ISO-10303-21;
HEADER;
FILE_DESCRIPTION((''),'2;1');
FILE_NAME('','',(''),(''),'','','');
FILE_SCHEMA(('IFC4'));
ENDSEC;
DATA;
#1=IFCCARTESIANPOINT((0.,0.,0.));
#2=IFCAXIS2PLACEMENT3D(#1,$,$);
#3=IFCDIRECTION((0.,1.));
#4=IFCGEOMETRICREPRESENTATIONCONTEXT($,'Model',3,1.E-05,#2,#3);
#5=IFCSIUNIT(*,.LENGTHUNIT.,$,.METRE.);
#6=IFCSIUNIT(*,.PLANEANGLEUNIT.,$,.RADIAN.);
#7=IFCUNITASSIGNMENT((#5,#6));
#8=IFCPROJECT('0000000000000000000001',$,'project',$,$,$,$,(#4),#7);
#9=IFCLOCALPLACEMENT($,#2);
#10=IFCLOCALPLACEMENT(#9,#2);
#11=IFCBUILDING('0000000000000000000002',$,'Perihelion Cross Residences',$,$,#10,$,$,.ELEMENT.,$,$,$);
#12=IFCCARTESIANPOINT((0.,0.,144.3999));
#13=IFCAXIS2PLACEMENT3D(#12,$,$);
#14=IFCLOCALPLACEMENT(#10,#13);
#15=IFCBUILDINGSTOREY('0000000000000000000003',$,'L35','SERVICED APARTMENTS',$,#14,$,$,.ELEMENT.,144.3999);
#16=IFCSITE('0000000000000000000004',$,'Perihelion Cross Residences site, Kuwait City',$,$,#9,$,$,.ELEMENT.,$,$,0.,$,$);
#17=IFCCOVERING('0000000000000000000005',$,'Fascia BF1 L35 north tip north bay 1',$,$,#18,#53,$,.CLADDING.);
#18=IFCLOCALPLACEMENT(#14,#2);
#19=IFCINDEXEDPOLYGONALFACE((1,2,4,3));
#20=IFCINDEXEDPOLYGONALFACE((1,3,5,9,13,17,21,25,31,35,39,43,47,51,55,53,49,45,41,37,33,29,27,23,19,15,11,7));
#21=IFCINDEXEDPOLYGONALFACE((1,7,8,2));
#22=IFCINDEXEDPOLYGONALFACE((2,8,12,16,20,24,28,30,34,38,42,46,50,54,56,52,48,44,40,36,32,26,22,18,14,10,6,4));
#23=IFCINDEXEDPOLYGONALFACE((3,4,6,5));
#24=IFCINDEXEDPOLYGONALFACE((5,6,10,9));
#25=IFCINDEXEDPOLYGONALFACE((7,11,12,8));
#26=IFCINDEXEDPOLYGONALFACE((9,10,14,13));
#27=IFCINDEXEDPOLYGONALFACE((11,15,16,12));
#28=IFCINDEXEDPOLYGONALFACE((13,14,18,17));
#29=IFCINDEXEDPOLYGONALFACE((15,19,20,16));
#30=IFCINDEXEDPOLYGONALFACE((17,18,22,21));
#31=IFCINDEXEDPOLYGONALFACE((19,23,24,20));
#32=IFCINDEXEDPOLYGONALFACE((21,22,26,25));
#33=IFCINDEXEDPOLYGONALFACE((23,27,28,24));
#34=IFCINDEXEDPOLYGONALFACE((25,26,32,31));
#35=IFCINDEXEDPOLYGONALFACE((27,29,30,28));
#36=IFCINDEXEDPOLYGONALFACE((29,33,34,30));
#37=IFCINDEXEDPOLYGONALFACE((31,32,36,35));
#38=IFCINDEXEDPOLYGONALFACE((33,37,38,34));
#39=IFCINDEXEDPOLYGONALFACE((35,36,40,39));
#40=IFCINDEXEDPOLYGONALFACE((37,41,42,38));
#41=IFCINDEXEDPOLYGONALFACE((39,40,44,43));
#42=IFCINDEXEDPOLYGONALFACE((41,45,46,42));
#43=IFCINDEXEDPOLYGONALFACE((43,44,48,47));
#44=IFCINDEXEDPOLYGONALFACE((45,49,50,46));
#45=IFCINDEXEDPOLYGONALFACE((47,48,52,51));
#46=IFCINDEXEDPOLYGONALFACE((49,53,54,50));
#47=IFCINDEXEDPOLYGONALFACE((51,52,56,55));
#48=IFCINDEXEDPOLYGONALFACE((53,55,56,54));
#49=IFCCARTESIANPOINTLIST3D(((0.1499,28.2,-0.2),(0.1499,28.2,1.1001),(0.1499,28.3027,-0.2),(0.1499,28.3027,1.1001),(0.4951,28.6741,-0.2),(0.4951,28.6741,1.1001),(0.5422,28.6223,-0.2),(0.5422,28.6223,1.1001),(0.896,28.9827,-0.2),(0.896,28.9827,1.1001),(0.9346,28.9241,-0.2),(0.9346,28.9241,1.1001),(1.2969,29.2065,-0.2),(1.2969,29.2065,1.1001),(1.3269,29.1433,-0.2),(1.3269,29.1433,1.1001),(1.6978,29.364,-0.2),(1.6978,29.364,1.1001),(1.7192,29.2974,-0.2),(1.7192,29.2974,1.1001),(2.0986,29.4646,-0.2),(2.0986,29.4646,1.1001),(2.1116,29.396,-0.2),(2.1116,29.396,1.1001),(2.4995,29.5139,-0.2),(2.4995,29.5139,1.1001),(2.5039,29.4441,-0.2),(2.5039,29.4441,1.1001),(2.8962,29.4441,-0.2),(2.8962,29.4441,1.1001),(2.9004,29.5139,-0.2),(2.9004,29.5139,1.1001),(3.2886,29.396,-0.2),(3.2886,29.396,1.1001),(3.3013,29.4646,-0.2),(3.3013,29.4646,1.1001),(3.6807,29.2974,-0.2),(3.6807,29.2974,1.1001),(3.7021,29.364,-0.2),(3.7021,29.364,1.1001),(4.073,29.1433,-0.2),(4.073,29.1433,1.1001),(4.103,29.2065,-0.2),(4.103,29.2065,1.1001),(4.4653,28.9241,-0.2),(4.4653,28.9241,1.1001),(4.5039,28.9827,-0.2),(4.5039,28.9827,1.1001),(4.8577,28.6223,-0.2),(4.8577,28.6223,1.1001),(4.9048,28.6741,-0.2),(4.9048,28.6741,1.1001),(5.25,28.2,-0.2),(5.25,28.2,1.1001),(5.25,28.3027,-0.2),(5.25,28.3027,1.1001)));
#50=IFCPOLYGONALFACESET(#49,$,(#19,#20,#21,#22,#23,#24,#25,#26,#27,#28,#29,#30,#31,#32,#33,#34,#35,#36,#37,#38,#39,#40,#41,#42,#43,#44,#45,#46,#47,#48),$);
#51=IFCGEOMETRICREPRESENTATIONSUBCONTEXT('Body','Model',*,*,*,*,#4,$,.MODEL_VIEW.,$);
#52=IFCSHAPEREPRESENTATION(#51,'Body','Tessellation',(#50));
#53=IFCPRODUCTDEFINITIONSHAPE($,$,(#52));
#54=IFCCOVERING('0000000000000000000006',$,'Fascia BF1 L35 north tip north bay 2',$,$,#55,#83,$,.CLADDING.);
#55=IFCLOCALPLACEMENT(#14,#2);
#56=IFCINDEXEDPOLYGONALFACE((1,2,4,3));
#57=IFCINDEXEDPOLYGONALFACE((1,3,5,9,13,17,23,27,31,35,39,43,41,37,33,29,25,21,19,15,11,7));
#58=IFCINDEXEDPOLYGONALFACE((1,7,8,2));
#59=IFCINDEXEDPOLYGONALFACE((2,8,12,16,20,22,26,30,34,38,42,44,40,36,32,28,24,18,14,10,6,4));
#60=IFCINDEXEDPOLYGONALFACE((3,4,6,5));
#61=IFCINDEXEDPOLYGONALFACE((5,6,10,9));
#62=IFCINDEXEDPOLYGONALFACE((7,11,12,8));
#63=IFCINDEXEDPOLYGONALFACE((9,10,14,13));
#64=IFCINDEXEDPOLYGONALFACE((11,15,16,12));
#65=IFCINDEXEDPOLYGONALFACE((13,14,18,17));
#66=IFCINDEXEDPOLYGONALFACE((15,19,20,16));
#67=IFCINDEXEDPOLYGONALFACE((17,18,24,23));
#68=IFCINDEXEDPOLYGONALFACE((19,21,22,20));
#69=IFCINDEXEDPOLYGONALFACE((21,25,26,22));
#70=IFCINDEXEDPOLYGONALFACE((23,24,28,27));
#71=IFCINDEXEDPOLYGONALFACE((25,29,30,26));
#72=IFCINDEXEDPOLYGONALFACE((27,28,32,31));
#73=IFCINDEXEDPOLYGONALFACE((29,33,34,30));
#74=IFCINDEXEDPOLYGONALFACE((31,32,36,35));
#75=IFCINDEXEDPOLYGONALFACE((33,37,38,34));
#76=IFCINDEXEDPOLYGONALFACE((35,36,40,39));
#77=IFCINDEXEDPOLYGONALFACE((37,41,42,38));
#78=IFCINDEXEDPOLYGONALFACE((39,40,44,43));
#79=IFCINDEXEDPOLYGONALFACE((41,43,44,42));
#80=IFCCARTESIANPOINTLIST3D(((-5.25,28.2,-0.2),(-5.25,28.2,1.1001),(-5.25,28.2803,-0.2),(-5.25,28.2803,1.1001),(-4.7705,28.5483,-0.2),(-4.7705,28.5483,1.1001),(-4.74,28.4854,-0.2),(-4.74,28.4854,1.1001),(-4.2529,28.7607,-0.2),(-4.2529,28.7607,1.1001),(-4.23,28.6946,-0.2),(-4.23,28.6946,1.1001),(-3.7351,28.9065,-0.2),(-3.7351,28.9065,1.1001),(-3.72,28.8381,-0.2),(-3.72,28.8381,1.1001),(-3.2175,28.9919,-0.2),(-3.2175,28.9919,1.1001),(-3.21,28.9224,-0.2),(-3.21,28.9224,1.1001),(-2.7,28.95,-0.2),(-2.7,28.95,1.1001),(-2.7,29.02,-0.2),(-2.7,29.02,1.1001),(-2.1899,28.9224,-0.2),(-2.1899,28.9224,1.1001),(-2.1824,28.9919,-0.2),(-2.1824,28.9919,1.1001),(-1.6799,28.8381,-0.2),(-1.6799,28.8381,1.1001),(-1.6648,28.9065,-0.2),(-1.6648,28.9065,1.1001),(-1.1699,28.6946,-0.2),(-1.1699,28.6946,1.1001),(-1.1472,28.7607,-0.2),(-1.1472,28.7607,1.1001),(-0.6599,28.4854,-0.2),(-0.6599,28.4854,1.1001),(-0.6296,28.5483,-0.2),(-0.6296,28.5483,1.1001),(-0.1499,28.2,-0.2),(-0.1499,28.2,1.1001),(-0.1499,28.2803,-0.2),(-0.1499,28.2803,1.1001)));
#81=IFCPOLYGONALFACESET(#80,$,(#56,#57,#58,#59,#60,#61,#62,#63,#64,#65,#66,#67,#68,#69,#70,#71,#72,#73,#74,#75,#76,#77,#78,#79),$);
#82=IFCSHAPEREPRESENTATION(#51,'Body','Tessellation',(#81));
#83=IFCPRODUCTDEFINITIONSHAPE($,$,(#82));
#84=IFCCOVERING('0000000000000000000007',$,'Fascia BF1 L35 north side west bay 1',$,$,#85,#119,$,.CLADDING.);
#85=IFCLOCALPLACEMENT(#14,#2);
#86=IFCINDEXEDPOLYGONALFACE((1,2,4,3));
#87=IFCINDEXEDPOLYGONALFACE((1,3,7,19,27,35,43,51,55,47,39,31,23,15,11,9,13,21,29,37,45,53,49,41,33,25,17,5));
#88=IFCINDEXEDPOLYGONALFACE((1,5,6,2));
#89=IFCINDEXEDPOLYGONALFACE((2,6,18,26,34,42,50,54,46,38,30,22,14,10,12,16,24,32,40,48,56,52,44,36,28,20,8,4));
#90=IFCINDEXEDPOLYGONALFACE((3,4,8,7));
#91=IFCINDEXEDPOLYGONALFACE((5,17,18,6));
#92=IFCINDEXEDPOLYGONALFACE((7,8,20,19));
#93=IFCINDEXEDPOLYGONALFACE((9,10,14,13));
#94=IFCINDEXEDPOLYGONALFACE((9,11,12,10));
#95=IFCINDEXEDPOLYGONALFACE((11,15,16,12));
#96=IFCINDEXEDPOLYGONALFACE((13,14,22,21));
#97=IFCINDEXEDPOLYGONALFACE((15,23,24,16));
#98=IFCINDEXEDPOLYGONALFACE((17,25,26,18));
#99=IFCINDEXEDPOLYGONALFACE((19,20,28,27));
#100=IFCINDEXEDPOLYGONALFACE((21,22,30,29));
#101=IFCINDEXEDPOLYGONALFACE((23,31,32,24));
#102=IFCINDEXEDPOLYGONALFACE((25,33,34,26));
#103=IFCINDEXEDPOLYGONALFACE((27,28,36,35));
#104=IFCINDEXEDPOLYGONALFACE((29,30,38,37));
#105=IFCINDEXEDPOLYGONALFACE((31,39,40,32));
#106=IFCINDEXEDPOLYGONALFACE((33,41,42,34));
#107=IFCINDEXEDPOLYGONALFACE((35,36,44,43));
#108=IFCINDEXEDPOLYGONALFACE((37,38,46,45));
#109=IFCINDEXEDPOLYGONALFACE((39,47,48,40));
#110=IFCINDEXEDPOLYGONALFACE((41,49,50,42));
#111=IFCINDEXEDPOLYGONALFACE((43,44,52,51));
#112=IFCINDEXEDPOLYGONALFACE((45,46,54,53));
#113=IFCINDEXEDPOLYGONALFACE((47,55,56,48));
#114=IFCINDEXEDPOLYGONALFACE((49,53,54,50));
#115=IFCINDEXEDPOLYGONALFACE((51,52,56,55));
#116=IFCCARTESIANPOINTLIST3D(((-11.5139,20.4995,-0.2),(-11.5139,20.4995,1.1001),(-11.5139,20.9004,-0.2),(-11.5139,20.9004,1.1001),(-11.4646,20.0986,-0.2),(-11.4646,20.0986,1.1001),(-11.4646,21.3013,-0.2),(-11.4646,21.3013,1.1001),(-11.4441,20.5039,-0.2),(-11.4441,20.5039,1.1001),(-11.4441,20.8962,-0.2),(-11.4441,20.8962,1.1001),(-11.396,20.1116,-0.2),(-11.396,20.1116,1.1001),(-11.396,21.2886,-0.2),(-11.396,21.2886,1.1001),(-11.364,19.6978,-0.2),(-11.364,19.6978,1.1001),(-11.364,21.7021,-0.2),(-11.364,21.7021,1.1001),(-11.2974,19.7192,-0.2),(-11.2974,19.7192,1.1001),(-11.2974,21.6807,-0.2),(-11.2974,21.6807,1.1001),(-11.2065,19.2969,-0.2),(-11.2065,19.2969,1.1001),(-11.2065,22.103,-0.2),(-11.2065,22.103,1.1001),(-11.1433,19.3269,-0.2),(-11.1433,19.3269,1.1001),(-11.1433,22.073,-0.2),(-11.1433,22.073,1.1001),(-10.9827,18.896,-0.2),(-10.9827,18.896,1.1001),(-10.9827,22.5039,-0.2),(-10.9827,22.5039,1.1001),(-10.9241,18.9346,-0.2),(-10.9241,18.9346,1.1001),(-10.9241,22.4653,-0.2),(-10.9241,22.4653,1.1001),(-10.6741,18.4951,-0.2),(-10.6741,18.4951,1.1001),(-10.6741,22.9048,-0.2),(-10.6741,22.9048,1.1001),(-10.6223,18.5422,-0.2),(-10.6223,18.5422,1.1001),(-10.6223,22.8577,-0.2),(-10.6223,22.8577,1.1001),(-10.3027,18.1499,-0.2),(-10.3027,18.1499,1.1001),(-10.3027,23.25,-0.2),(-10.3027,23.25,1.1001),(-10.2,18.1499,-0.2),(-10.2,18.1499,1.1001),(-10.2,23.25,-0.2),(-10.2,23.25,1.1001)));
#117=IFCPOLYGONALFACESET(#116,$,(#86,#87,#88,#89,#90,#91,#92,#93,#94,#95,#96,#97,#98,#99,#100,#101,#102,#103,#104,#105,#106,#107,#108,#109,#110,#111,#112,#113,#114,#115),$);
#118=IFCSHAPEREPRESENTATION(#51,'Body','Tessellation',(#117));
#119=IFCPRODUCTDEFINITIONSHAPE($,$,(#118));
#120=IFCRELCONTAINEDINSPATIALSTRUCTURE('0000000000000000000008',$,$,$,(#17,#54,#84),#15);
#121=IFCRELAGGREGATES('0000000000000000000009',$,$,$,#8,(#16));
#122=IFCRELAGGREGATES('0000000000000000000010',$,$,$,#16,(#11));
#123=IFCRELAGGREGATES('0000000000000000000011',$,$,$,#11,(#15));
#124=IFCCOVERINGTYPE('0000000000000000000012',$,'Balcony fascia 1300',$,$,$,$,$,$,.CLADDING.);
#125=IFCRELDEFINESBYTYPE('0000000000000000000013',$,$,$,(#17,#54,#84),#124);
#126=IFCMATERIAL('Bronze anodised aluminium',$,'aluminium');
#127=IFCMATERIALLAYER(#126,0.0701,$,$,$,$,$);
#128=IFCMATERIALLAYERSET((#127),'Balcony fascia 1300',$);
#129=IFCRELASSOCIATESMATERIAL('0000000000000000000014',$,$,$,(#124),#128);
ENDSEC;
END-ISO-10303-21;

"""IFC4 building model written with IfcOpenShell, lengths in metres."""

from ifc_helpers import new_model, si_unit, direction, frame, origin, place, context, subcontext, project, spatial, polyline, outline, extrude, material, layer, layer_set, type_object, element, save


model = new_model("IFC4")

# Units and contexts
model_context = context("Model", 3, precision=1e-05, world=origin(), true_north=direction((0.0, 1.0)))
body_context = subcontext(model_context, "Body", "Model", "MODEL_VIEW")
ifc_project = project(units=[si_unit("LENGTHUNIT", "METRE"), si_unit("PLANEANGLEUNIT", "RADIAN")], contexts=[model_context])

# Site, building, storey
site_placement = place(None, origin())
site = spatial("IfcSite", under=ifc_project, at=site_placement, Name="Perihelion Cross Residences site, Kuwait City", CompositionType="ELEMENT", RefElevation=0.0)
building_placement = place(site_placement, origin())
building = spatial("IfcBuilding", under=site, at=building_placement, Name="Perihelion Cross Residences", CompositionType="ELEMENT")
storey_placement = place(building_placement, frame((0.0, 0.0, 144.3999)))
storey = spatial("IfcBuildingStorey", under=building, at=storey_placement, Name="L35", Description="SERVICED APARTMENTS", CompositionType="ELEMENT", Elevation=144.3999)

# Coverings
ifc_material_1 = material(Name="Bronze anodised aluminium", Category="aluminium")
ifc_layer_1 = layer(ifc_material_1, 0.0701)
ifc_layer_set_1 = layer_set([ifc_layer_1], Name="Balcony fascia 1300")
covering_type = type_object("IfcCoveringType", Name="Balcony fascia 1300", PredefinedType="CLADDING", material=ifc_layer_set_1)
covering_1_placement = place(storey_placement, frame((0.0, 0.0, -0.2)))
element("IfcCovering", 1, at=covering_1_placement, inside=storey, type_object=covering_type, Name="Fascia BF1 L35 north tip north bay 1", PredefinedType="CLADDING", context=body_context, shape_type="SweptSolid", body=[
    extrude(outline(polyline([(4.9048, 28.6741), (4.5039, 28.9827), (4.103, 29.2065), (3.7021, 29.364), (3.3013, 29.4646), (2.9004, 29.5139), (2.4995, 29.5139), (2.0986, 29.4646), (1.6978, 29.364), (1.2969, 29.2065), (0.896, 28.9827), (0.4951, 28.6741), (0.1499, 28.3027), (0.1499, 28.2), (0.5422, 28.6223), (0.9346, 28.9241), (1.3269, 29.1433), (1.7192, 29.2974), (2.1116, 29.396), (2.5039, 29.4441), (2.8962, 29.4441), (3.2886, 29.396), (3.6807, 29.2974), (4.073, 29.1433), (4.4653, 28.9241), (4.8577, 28.6223), (5.25, 28.2), (5.25, 28.3027), (4.9048, 28.6741)])), origin(), (0.0, 0.0, 1.0), 1.3),
])
covering_2_placement = place(storey_placement, frame((0.0, 0.0, -0.2)))
element("IfcCovering", 2, at=covering_2_placement, inside=storey, type_object=covering_type, Name="Fascia BF1 L35 north tip north bay 2", PredefinedType="CLADDING", context=body_context, shape_type="SweptSolid", body=[
    extrude(outline(polyline([(-0.6296, 28.5483), (-1.1472, 28.7607), (-1.6648, 28.9065), (-2.1824, 28.9919), (-2.7, 29.02), (-3.2175, 28.9919), (-3.7351, 28.9065), (-4.2529, 28.7607), (-4.7705, 28.5483), (-5.25, 28.2803), (-5.25, 28.2), (-4.74, 28.4854), (-4.23, 28.6946), (-3.72, 28.8381), (-3.21, 28.9224), (-2.7, 28.95), (-2.1899, 28.9224), (-1.6799, 28.8381), (-1.1699, 28.6946), (-0.6599, 28.4854), (-0.1499, 28.2), (-0.1499, 28.2803), (-0.6296, 28.5483)])), origin(), (0.0, 0.0, 1.0), 1.3),
])
covering_3_placement = place(storey_placement, frame((0.0, 0.0, -0.2)))
element("IfcCovering", 3, at=covering_3_placement, inside=storey, type_object=covering_type, Name="Fascia BF1 L35 north side west bay 1", PredefinedType="CLADDING", context=body_context, shape_type="SweptSolid", body=[
    extrude(outline(polyline([(-10.6741, 22.9048), (-10.9827, 22.5039), (-11.2065, 22.103), (-11.364, 21.7021), (-11.4646, 21.3013), (-11.5139, 20.9004), (-11.5139, 20.4995), (-11.4646, 20.0986), (-11.364, 19.6978), (-11.2065, 19.2969), (-10.9827, 18.896), (-10.6741, 18.4951), (-10.3027, 18.1499), (-10.2, 18.1499), (-10.6223, 18.5422), (-10.9241, 18.9346), (-11.1433, 19.3269), (-11.2974, 19.7192), (-11.396, 20.1116), (-11.4441, 20.5039), (-11.4441, 20.8962), (-11.396, 21.2886), (-11.2974, 21.6807), (-11.1433, 22.073), (-10.9241, 22.4653), (-10.6223, 22.8577), (-10.2, 23.25), (-10.3027, 23.25), (-10.6741, 22.9048)])), origin(), (0.0, 0.0, 1.0), 1.3),
])

save(model, "model.ifc")
